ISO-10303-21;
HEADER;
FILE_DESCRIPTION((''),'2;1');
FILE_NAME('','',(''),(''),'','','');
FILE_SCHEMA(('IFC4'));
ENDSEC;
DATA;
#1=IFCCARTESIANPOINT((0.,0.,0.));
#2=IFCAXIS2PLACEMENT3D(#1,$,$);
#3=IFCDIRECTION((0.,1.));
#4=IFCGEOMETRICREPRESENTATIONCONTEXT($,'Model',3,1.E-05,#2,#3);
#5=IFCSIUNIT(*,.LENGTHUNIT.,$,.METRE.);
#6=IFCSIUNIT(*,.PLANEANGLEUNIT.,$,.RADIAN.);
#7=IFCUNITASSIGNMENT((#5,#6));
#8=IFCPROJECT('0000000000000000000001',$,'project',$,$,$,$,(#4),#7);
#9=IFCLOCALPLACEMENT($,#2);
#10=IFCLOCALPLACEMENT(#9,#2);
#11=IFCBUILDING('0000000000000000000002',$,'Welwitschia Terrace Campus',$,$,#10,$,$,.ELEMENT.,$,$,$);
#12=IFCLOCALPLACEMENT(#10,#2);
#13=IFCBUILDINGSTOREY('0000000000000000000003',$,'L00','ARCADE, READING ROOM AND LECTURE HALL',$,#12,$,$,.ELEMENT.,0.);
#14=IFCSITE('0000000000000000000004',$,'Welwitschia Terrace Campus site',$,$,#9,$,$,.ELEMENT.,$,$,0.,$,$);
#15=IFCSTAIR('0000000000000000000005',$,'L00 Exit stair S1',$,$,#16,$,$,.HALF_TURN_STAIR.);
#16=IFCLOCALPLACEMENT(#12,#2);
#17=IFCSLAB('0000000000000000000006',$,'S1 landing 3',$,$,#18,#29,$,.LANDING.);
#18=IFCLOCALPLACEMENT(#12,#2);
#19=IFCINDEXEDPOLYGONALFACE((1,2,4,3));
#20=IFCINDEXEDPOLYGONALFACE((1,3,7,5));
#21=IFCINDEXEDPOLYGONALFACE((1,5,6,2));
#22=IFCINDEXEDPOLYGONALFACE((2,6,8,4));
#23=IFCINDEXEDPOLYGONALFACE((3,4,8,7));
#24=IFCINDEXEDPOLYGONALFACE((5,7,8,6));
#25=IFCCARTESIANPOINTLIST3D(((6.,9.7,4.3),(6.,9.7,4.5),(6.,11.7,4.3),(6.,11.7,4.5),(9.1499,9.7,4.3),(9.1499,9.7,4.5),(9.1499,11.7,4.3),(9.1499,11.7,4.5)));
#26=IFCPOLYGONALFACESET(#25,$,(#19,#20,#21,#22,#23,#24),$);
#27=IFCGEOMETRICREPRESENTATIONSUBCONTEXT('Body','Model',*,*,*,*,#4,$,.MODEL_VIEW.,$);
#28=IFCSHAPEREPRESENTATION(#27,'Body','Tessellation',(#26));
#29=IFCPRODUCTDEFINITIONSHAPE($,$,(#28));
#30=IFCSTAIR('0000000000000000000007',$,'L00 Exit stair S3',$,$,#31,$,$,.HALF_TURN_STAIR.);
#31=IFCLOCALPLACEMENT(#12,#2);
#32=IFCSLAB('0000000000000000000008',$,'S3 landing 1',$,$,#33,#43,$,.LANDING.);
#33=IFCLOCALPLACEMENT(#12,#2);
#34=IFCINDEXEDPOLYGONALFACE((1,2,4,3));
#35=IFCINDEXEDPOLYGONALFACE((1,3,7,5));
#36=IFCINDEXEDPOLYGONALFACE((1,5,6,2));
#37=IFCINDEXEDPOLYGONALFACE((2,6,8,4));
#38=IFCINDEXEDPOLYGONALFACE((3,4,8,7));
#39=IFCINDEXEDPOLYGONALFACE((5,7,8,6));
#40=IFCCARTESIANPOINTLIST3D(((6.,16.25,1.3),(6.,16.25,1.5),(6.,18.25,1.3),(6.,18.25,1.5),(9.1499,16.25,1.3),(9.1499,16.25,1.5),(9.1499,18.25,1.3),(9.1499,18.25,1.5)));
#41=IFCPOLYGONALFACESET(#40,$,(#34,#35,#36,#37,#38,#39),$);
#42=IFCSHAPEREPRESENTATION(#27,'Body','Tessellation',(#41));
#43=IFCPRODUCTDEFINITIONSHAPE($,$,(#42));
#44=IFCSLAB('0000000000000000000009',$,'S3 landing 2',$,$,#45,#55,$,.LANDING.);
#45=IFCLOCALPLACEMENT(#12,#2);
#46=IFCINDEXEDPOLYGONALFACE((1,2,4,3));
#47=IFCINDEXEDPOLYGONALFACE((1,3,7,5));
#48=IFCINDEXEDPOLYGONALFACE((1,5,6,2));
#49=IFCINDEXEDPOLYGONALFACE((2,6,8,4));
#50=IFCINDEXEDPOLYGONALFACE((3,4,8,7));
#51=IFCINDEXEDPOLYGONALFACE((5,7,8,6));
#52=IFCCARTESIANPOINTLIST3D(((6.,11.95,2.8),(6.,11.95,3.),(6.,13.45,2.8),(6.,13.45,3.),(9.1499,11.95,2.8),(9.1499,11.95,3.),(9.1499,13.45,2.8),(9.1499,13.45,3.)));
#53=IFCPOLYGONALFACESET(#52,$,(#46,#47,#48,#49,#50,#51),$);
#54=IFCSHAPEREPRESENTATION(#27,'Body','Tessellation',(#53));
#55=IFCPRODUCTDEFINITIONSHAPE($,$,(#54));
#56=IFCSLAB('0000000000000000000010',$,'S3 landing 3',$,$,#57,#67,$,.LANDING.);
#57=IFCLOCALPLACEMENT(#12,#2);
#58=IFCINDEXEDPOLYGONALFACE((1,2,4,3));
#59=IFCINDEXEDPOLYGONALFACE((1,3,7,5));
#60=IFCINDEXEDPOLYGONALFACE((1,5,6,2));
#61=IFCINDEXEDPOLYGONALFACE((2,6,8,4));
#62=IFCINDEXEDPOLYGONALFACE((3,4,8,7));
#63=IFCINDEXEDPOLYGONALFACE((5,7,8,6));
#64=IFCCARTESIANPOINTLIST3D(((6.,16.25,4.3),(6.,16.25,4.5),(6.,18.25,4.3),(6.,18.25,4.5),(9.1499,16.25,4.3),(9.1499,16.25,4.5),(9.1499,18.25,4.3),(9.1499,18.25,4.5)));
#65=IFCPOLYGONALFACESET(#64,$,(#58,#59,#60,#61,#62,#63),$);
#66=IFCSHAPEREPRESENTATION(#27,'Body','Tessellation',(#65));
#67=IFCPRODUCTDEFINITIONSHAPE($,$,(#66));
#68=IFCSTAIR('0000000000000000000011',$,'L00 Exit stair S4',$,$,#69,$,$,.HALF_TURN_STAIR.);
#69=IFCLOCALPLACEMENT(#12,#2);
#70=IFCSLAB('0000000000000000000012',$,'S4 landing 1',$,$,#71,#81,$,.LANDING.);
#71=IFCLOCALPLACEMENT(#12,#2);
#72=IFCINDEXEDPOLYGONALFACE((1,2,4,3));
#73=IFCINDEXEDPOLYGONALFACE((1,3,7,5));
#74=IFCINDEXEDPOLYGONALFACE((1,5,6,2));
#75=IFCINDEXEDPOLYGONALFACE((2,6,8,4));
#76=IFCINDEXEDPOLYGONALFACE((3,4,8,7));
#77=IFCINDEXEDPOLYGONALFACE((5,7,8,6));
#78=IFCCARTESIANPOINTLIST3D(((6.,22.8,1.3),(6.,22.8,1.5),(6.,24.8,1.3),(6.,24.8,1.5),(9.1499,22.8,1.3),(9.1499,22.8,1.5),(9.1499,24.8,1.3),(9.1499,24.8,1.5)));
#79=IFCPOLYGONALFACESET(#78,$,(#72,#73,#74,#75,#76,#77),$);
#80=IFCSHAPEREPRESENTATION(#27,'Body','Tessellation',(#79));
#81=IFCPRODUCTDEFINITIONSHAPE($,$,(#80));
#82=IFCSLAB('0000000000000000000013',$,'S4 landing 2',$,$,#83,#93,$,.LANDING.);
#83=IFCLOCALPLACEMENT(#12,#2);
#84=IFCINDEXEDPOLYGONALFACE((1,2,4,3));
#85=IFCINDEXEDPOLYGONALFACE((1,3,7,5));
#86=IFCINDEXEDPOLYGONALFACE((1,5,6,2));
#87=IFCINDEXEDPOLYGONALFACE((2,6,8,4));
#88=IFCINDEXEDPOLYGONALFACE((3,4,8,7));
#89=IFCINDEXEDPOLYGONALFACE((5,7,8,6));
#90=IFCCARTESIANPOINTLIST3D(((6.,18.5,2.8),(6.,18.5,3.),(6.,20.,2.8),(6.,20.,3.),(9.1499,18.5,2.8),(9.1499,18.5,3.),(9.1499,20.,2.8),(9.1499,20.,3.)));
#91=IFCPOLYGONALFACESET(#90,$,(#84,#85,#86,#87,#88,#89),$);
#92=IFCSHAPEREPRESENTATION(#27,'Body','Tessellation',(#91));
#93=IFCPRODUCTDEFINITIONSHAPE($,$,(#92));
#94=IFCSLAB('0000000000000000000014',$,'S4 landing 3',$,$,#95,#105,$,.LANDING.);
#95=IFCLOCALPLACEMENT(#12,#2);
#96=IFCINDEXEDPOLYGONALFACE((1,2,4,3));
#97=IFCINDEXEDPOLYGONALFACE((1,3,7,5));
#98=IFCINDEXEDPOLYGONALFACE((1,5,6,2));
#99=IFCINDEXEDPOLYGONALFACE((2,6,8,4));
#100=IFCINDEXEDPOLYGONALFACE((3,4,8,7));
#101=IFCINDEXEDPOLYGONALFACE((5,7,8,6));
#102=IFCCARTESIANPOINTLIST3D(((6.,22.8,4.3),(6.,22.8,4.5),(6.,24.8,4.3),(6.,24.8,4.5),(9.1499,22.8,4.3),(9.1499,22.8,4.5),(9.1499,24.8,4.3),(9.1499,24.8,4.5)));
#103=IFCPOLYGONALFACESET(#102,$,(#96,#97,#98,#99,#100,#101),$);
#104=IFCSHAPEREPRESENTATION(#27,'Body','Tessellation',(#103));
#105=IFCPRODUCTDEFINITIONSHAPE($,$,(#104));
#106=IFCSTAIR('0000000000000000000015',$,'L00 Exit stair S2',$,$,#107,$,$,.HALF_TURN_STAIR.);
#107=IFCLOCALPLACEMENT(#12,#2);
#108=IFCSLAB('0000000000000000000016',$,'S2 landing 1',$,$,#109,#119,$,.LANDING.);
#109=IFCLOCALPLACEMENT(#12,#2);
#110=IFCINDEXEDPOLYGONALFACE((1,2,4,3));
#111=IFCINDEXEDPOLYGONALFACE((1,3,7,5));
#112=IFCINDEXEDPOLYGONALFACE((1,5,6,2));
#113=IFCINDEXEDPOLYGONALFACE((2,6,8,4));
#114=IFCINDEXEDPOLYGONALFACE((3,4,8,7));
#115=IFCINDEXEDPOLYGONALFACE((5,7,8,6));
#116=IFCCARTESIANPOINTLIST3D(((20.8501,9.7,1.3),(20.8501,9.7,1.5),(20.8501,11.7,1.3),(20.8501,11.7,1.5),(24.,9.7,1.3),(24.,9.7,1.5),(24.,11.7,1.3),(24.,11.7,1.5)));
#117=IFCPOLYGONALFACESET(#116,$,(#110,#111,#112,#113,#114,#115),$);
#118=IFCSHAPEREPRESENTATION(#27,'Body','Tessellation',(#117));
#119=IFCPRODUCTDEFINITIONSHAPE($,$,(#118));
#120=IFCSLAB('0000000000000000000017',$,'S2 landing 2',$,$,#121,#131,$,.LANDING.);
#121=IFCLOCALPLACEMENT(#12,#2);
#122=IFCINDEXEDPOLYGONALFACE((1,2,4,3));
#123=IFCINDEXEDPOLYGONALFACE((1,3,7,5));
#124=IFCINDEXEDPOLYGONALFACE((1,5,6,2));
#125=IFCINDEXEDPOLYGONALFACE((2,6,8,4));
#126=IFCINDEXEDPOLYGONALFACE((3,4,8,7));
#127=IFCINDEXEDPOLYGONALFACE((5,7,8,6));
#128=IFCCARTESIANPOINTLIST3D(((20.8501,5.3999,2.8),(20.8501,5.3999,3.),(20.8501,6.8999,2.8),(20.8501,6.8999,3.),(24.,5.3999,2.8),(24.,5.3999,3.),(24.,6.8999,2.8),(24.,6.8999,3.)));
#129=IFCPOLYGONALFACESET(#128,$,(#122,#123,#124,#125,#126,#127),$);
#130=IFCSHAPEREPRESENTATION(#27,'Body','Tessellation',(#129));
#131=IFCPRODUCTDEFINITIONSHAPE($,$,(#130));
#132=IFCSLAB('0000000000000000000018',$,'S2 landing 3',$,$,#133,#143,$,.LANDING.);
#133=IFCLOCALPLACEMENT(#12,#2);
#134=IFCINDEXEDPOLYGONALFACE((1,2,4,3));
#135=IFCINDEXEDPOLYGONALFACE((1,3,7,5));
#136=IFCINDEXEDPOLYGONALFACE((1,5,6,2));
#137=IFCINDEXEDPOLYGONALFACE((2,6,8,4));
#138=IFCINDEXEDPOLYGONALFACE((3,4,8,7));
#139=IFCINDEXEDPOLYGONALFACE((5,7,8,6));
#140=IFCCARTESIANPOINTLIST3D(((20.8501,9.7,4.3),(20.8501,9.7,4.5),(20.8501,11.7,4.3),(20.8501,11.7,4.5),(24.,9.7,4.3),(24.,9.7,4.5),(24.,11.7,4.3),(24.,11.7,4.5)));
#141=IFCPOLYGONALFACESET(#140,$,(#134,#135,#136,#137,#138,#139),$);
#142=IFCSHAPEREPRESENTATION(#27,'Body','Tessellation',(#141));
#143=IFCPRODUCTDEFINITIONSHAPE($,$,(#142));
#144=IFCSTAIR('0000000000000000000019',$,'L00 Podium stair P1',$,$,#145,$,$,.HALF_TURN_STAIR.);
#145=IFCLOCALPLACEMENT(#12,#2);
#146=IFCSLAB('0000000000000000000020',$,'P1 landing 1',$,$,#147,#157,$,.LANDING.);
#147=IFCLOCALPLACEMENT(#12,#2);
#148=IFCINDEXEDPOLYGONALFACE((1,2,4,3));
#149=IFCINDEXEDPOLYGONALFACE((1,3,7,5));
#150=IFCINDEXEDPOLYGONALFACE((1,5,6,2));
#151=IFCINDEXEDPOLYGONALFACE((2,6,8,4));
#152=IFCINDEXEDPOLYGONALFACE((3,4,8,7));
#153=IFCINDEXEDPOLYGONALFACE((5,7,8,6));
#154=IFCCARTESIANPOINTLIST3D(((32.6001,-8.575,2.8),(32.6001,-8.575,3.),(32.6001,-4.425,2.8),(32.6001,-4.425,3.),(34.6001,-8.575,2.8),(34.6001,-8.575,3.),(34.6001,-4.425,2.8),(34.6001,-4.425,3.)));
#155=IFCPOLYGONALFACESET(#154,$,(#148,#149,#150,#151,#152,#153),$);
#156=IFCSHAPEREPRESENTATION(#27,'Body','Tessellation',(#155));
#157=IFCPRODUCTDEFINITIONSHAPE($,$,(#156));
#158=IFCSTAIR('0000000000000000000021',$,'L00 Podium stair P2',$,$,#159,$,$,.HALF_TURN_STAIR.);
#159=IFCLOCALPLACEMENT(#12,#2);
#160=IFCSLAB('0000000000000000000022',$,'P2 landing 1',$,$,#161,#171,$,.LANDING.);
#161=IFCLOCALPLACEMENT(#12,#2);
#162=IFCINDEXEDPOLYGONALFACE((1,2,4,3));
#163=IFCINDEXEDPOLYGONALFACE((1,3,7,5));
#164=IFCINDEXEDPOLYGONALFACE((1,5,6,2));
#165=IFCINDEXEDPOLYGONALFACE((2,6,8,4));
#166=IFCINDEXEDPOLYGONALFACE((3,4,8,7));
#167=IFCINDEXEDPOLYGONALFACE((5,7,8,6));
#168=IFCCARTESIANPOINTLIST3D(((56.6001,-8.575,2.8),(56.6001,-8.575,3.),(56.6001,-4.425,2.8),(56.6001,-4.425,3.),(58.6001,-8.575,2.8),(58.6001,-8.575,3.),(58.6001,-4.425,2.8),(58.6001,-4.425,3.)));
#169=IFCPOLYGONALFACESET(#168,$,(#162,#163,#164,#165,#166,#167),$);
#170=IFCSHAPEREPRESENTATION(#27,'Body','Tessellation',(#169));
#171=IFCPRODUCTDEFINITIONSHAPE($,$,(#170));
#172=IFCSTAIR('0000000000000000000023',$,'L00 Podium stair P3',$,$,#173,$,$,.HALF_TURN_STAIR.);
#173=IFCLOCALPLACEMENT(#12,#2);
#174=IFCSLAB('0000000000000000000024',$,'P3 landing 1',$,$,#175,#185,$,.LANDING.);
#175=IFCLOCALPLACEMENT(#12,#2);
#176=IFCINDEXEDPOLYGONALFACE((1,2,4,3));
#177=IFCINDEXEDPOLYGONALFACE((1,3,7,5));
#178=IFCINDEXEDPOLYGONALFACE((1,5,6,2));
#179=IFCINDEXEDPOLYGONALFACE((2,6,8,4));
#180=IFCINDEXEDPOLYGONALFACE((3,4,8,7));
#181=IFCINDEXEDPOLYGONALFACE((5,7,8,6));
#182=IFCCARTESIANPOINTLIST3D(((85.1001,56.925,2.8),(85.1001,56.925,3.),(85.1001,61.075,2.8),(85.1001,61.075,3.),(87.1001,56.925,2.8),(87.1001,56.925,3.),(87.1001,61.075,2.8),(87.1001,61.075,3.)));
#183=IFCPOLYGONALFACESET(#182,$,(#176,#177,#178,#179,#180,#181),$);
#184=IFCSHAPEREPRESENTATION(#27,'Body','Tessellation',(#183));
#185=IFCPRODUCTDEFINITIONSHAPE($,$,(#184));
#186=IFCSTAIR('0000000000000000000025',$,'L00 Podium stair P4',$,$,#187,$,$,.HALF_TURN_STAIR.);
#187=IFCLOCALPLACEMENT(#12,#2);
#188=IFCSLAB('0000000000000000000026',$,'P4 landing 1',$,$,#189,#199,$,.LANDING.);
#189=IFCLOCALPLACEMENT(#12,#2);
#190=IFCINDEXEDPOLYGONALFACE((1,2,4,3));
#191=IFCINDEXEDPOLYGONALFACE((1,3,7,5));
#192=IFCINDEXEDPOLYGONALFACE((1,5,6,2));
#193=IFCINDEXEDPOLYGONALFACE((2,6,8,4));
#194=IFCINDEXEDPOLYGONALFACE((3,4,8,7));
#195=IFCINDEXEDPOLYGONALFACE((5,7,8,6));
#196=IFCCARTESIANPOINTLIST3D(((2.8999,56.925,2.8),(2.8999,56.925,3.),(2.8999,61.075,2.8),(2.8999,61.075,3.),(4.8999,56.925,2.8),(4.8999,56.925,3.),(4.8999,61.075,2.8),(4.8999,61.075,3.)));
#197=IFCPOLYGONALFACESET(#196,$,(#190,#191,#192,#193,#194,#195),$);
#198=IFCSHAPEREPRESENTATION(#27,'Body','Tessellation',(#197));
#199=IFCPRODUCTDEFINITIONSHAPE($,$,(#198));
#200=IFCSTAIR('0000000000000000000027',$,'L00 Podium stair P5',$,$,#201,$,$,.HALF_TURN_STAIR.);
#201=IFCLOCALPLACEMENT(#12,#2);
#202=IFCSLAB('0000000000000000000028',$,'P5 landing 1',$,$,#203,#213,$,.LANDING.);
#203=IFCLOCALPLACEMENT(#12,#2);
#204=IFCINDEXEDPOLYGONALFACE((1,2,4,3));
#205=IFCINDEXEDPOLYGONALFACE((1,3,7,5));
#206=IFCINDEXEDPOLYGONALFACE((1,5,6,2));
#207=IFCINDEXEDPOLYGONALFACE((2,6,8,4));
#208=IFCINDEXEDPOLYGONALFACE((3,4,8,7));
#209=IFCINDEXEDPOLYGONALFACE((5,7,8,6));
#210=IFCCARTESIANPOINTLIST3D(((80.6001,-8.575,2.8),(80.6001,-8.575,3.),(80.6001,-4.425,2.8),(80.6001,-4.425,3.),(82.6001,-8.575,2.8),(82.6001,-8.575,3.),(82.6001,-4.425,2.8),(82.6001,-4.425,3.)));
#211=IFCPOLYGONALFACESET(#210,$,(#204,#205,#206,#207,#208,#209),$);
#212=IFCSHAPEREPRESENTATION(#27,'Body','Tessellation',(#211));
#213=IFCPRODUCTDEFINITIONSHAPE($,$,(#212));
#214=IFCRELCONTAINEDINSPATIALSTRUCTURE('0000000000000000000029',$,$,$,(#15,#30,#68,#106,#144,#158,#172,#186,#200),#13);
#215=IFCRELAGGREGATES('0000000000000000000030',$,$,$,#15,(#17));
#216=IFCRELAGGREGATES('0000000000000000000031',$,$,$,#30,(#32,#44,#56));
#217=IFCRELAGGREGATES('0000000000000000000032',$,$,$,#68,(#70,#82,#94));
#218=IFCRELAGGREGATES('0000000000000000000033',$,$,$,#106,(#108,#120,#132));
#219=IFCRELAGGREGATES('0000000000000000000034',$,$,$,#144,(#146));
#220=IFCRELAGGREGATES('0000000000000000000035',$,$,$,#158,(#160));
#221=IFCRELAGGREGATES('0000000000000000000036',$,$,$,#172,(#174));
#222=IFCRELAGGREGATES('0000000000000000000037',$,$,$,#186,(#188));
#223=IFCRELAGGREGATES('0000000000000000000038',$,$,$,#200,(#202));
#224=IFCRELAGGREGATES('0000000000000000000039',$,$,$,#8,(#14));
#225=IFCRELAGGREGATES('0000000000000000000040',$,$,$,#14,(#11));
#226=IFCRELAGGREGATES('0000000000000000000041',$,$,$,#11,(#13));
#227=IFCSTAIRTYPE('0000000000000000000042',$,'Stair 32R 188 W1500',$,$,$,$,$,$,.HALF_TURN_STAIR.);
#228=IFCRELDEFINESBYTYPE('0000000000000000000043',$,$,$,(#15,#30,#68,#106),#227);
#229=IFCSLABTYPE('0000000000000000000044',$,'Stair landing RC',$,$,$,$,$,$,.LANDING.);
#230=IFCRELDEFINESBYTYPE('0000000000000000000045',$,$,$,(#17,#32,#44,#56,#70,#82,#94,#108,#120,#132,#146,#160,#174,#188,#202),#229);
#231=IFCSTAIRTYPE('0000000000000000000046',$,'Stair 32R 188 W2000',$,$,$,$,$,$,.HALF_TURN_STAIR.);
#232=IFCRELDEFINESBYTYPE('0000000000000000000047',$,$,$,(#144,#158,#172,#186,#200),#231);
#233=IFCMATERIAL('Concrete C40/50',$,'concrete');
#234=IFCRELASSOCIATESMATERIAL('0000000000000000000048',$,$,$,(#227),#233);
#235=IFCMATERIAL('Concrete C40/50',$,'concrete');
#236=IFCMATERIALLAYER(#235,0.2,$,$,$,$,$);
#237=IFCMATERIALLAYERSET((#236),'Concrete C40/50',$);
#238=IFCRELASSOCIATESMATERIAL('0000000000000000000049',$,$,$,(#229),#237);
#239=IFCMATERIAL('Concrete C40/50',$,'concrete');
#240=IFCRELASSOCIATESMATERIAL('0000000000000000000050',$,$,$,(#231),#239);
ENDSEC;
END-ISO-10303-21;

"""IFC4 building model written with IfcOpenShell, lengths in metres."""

from ifc_helpers import new_model, si_unit, direction, frame, origin, place, context, subcontext, project, spatial, polyline, outline, extrude, material, layer, layer_set, type_object, element, aggregate, save


model = new_model("IFC4")

# Units and contexts
model_context = context("Model", 3, precision=1e-05, world=origin(), true_north=direction((0.0, 1.0)))
body_context = subcontext(model_context, "Body", "Model", "MODEL_VIEW")
ifc_project = project(units=[si_unit("LENGTHUNIT", "METRE"), si_unit("PLANEANGLEUNIT", "RADIAN")], contexts=[model_context])

# Site, building, storey
site_placement = place(None, origin())
site = spatial("IfcSite", under=ifc_project, at=site_placement, Name="Welwitschia Terrace Campus site", CompositionType="ELEMENT", RefElevation=0.0)
building_placement = place(site_placement, origin())
building = spatial("IfcBuilding", under=site, at=building_placement, Name="Welwitschia Terrace Campus", CompositionType="ELEMENT")
storey_placement = place(building_placement, origin())
storey = spatial("IfcBuildingStorey", under=building, at=storey_placement, Name="L00", Description="ARCADE, READING ROOM AND LECTURE HALL", CompositionType="ELEMENT", Elevation=0.0)

# Stairs, slabs
ifc_material_1 = material(Name="Concrete C40/50", Category="concrete")
stair_type_1 = type_object("IfcStairType", Name="Stair 32R 188 W1500", PredefinedType="HALF_TURN_STAIR", material=ifc_material_1)
stair_1_placement = place(storey_placement, origin())
stair_1 = element("IfcStair", 1, at=stair_1_placement, inside=storey, type_object=stair_type_1, Name="L00 Exit stair S1", PredefinedType="HALF_TURN_STAIR")
ifc_material_2 = material(Name="Concrete C40/50", Category="concrete")
ifc_layer_1 = layer(ifc_material_2, 0.2)
ifc_layer_set_1 = layer_set([ifc_layer_1], Name="Concrete C40/50")
slab_type_1 = type_object("IfcSlabType", Name="Stair landing RC", PredefinedType="LANDING", material=ifc_layer_set_1)
slab_1_placement = place(storey_placement, frame((0.0, 0.0, 4.3)))
slab_1 = element("IfcSlab", 2, at=slab_1_placement, type_object=slab_type_1, Name="S1 landing 3", PredefinedType="LANDING", context=body_context, shape_type="SweptSolid", body=[
    extrude(outline(polyline([(9.1499, 9.7), (9.1499, 11.7), (6.0, 11.7), (6.0, 9.7), (9.1499, 9.7)])), origin(), (0.0, 0.0, 1.0), 0.2),
])
aggregate(stair_1, [slab_1])
stair_2_placement = place(storey_placement, origin())
stair_2 = element("IfcStair", 3, at=stair_2_placement, inside=storey, type_object=stair_type_1, Name="L00 Exit stair S3", PredefinedType="HALF_TURN_STAIR")
slab_2_placement = place(storey_placement, frame((0.0, 0.0, 1.3)))
slab_2 = element("IfcSlab", 4, at=slab_2_placement, type_object=slab_type_1, Name="S3 landing 1", PredefinedType="LANDING", context=body_context, shape_type="SweptSolid", body=[
    extrude(outline(polyline([(9.1499, 16.25), (9.1499, 18.25), (6.0, 18.25), (6.0, 16.25), (9.1499, 16.25)])), origin(), (0.0, 0.0, 1.0), 0.2),
])
slab_3_placement = place(storey_placement, frame((0.0, 0.0, 2.8)))
slab_3 = element("IfcSlab", 5, at=slab_3_placement, type_object=slab_type_1, Name="S3 landing 2", PredefinedType="LANDING", context=body_context, shape_type="SweptSolid", body=[
    extrude(outline(polyline([(9.1499, 11.95), (9.1499, 13.45), (6.0, 13.45), (6.0, 11.95), (9.1499, 11.95)])), origin(), (0.0, 0.0, 1.0), 0.2),
])
slab_4_placement = place(storey_placement, frame((0.0, 0.0, 4.3)))
slab_4 = element("IfcSlab", 6, at=slab_4_placement, type_object=slab_type_1, Name="S3 landing 3", PredefinedType="LANDING", context=body_context, shape_type="SweptSolid", body=[
    extrude(outline(polyline([(9.1499, 16.25), (9.1499, 18.25), (6.0, 18.25), (6.0, 16.25), (9.1499, 16.25)])), origin(), (0.0, 0.0, 1.0), 0.2),
])
aggregate(stair_2, [slab_2, slab_3, slab_4])
stair_3_placement = place(storey_placement, origin())
stair_3 = element("IfcStair", 7, at=stair_3_placement, inside=storey, type_object=stair_type_1, Name="L00 Exit stair S4", PredefinedType="HALF_TURN_STAIR")
slab_5_placement = place(storey_placement, frame((0.0, 0.0, 1.3)))
slab_5 = element("IfcSlab", 8, at=slab_5_placement, type_object=slab_type_1, Name="S4 landing 1", PredefinedType="LANDING", context=body_context, shape_type="SweptSolid", body=[
    extrude(outline(polyline([(9.1499, 22.8), (9.1499, 24.8), (6.0, 24.8), (6.0, 22.8), (9.1499, 22.8)])), origin(), (0.0, 0.0, 1.0), 0.2),
])
slab_6_placement = place(storey_placement, frame((0.0, 0.0, 2.8)))
slab_6 = element("IfcSlab", 9, at=slab_6_placement, type_object=slab_type_1, Name="S4 landing 2", PredefinedType="LANDING", context=body_context, shape_type="SweptSolid", body=[
    extrude(outline(polyline([(9.1499, 18.5), (9.1499, 20.0), (6.0, 20.0), (6.0, 18.5), (9.1499, 18.5)])), origin(), (0.0, 0.0, 1.0), 0.2),
])
slab_7_placement = place(storey_placement, frame((0.0, 0.0, 4.3)))
slab_7 = element("IfcSlab", 10, at=slab_7_placement, type_object=slab_type_1, Name="S4 landing 3", PredefinedType="LANDING", context=body_context, shape_type="SweptSolid", body=[
    extrude(outline(polyline([(9.1499, 22.8), (9.1499, 24.8), (6.0, 24.8), (6.0, 22.8), (9.1499, 22.8)])), origin(), (0.0, 0.0, 1.0), 0.2),
])
aggregate(stair_3, [slab_5, slab_6, slab_7])
stair_4_placement = place(storey_placement, origin())
stair_4 = element("IfcStair", 11, at=stair_4_placement, inside=storey, type_object=stair_type_1, Name="L00 Exit stair S2", PredefinedType="HALF_TURN_STAIR")
slab_8_placement = place(storey_placement, frame((0.0, 0.0, 1.3)))
slab_8 = element("IfcSlab", 12, at=slab_8_placement, type_object=slab_type_1, Name="S2 landing 1", PredefinedType="LANDING", context=body_context, shape_type="SweptSolid", body=[
    extrude(outline(polyline([(24.0, 9.7), (24.0, 11.7), (20.8501, 11.7), (20.8501, 9.7), (24.0, 9.7)])), origin(), (0.0, 0.0, 1.0), 0.2),
])
slab_9_placement = place(storey_placement, frame((0.0, 0.0, 2.8)))
slab_9 = element("IfcSlab", 13, at=slab_9_placement, type_object=slab_type_1, Name="S2 landing 2", PredefinedType="LANDING", context=body_context, shape_type="SweptSolid", body=[
    extrude(outline(polyline([(24.0, 5.3999), (24.0, 6.8999), (20.8501, 6.8999), (20.8501, 5.3999), (24.0, 5.3999)])), origin(), (0.0, 0.0, 1.0), 0.2),
])
slab_10_placement = place(storey_placement, frame((0.0, 0.0, 4.3)))
slab_10 = element("IfcSlab", 14, at=slab_10_placement, type_object=slab_type_1, Name="S2 landing 3", PredefinedType="LANDING", context=body_context, shape_type="SweptSolid", body=[
    extrude(outline(polyline([(24.0, 9.7), (24.0, 11.7), (20.8501, 11.7), (20.8501, 9.7), (24.0, 9.7)])), origin(), (0.0, 0.0, 1.0), 0.2),
])
aggregate(stair_4, [slab_8, slab_9, slab_10])

# Stairs, slabs
ifc_material_3 = material(Name="Concrete C40/50", Category="concrete")
stair_type_2 = type_object("IfcStairType", Name="Stair 32R 188 W2000", PredefinedType="HALF_TURN_STAIR", material=ifc_material_3)
stair_5_placement = place(storey_placement, origin())
stair_5 = element("IfcStair", 15, at=stair_5_placement, inside=storey, type_object=stair_type_2, Name="L00 Podium stair P1", PredefinedType="HALF_TURN_STAIR")
slab_11_placement = place(storey_placement, frame((0.0, 0.0, 2.8)))
slab_11 = element("IfcSlab", 16, at=slab_11_placement, type_object=slab_type_1, Name="P1 landing 1", PredefinedType="LANDING", context=body_context, shape_type="SweptSolid", body=[
    extrude(outline(polyline([(32.6001, -8.575), (34.6001, -8.575), (34.6001, -4.425), (32.6001, -4.425), (32.6001, -8.575)])), origin(), (0.0, 0.0, 1.0), 0.2),
])
aggregate(stair_5, [slab_11])
stair_6_placement = place(storey_placement, origin())
stair_6 = element("IfcStair", 17, at=stair_6_placement, inside=storey, type_object=stair_type_2, Name="L00 Podium stair P2", PredefinedType="HALF_TURN_STAIR")
slab_12_placement = place(storey_placement, frame((0.0, 0.0, 2.8)))
slab_12 = element("IfcSlab", 18, at=slab_12_placement, type_object=slab_type_1, Name="P2 landing 1", PredefinedType="LANDING", context=body_context, shape_type="SweptSolid", body=[
    extrude(outline(polyline([(56.6001, -8.575), (58.6001, -8.575), (58.6001, -4.425), (56.6001, -4.425), (56.6001, -8.575)])), origin(), (0.0, 0.0, 1.0), 0.2),
])
aggregate(stair_6, [slab_12])
stair_7_placement = place(storey_placement, origin())
stair_7 = element("IfcStair", 19, at=stair_7_placement, inside=storey, type_object=stair_type_2, Name="L00 Podium stair P3", PredefinedType="HALF_TURN_STAIR")
slab_13_placement = place(storey_placement, frame((0.0, 0.0, 2.8)))
slab_13 = element("IfcSlab", 20, at=slab_13_placement, type_object=slab_type_1, Name="P3 landing 1", PredefinedType="LANDING", context=body_context, shape_type="SweptSolid", body=[
    extrude(outline(polyline([(87.1001, 61.075), (85.1001, 61.075), (85.1001, 56.925), (87.1001, 56.925), (87.1001, 61.075)])), origin(), (0.0, 0.0, 1.0), 0.2),
])
aggregate(stair_7, [slab_13])
stair_8_placement = place(storey_placement, origin())
stair_8 = element("IfcStair", 21, at=stair_8_placement, inside=storey, type_object=stair_type_2, Name="L00 Podium stair P4", PredefinedType="HALF_TURN_STAIR")
slab_14_placement = place(storey_placement, frame((0.0, 0.0, 2.8)))
slab_14 = element("IfcSlab", 22, at=slab_14_placement, type_object=slab_type_1, Name="P4 landing 1", PredefinedType="LANDING", context=body_context, shape_type="SweptSolid", body=[
    extrude(outline(polyline([(2.8999, 56.925), (4.8999, 56.925), (4.8999, 61.075), (2.8999, 61.075), (2.8999, 56.925)])), origin(), (0.0, 0.0, 1.0), 0.2),
])
aggregate(stair_8, [slab_14])
stair_9_placement = place(storey_placement, origin())
stair_9 = element("IfcStair", 23, at=stair_9_placement, inside=storey, type_object=stair_type_2, Name="L00 Podium stair P5", PredefinedType="HALF_TURN_STAIR")
slab_15_placement = place(storey_placement, frame((0.0, 0.0, 2.8)))
slab_15 = element("IfcSlab", 24, at=slab_15_placement, type_object=slab_type_1, Name="P5 landing 1", PredefinedType="LANDING", context=body_context, shape_type="SweptSolid", body=[
    extrude(outline(polyline([(80.6001, -8.575), (82.6001, -8.575), (82.6001, -4.425), (80.6001, -4.425), (80.6001, -8.575)])), origin(), (0.0, 0.0, 1.0), 0.2),
])
aggregate(stair_9, [slab_15])

save(model, "model.ifc")
